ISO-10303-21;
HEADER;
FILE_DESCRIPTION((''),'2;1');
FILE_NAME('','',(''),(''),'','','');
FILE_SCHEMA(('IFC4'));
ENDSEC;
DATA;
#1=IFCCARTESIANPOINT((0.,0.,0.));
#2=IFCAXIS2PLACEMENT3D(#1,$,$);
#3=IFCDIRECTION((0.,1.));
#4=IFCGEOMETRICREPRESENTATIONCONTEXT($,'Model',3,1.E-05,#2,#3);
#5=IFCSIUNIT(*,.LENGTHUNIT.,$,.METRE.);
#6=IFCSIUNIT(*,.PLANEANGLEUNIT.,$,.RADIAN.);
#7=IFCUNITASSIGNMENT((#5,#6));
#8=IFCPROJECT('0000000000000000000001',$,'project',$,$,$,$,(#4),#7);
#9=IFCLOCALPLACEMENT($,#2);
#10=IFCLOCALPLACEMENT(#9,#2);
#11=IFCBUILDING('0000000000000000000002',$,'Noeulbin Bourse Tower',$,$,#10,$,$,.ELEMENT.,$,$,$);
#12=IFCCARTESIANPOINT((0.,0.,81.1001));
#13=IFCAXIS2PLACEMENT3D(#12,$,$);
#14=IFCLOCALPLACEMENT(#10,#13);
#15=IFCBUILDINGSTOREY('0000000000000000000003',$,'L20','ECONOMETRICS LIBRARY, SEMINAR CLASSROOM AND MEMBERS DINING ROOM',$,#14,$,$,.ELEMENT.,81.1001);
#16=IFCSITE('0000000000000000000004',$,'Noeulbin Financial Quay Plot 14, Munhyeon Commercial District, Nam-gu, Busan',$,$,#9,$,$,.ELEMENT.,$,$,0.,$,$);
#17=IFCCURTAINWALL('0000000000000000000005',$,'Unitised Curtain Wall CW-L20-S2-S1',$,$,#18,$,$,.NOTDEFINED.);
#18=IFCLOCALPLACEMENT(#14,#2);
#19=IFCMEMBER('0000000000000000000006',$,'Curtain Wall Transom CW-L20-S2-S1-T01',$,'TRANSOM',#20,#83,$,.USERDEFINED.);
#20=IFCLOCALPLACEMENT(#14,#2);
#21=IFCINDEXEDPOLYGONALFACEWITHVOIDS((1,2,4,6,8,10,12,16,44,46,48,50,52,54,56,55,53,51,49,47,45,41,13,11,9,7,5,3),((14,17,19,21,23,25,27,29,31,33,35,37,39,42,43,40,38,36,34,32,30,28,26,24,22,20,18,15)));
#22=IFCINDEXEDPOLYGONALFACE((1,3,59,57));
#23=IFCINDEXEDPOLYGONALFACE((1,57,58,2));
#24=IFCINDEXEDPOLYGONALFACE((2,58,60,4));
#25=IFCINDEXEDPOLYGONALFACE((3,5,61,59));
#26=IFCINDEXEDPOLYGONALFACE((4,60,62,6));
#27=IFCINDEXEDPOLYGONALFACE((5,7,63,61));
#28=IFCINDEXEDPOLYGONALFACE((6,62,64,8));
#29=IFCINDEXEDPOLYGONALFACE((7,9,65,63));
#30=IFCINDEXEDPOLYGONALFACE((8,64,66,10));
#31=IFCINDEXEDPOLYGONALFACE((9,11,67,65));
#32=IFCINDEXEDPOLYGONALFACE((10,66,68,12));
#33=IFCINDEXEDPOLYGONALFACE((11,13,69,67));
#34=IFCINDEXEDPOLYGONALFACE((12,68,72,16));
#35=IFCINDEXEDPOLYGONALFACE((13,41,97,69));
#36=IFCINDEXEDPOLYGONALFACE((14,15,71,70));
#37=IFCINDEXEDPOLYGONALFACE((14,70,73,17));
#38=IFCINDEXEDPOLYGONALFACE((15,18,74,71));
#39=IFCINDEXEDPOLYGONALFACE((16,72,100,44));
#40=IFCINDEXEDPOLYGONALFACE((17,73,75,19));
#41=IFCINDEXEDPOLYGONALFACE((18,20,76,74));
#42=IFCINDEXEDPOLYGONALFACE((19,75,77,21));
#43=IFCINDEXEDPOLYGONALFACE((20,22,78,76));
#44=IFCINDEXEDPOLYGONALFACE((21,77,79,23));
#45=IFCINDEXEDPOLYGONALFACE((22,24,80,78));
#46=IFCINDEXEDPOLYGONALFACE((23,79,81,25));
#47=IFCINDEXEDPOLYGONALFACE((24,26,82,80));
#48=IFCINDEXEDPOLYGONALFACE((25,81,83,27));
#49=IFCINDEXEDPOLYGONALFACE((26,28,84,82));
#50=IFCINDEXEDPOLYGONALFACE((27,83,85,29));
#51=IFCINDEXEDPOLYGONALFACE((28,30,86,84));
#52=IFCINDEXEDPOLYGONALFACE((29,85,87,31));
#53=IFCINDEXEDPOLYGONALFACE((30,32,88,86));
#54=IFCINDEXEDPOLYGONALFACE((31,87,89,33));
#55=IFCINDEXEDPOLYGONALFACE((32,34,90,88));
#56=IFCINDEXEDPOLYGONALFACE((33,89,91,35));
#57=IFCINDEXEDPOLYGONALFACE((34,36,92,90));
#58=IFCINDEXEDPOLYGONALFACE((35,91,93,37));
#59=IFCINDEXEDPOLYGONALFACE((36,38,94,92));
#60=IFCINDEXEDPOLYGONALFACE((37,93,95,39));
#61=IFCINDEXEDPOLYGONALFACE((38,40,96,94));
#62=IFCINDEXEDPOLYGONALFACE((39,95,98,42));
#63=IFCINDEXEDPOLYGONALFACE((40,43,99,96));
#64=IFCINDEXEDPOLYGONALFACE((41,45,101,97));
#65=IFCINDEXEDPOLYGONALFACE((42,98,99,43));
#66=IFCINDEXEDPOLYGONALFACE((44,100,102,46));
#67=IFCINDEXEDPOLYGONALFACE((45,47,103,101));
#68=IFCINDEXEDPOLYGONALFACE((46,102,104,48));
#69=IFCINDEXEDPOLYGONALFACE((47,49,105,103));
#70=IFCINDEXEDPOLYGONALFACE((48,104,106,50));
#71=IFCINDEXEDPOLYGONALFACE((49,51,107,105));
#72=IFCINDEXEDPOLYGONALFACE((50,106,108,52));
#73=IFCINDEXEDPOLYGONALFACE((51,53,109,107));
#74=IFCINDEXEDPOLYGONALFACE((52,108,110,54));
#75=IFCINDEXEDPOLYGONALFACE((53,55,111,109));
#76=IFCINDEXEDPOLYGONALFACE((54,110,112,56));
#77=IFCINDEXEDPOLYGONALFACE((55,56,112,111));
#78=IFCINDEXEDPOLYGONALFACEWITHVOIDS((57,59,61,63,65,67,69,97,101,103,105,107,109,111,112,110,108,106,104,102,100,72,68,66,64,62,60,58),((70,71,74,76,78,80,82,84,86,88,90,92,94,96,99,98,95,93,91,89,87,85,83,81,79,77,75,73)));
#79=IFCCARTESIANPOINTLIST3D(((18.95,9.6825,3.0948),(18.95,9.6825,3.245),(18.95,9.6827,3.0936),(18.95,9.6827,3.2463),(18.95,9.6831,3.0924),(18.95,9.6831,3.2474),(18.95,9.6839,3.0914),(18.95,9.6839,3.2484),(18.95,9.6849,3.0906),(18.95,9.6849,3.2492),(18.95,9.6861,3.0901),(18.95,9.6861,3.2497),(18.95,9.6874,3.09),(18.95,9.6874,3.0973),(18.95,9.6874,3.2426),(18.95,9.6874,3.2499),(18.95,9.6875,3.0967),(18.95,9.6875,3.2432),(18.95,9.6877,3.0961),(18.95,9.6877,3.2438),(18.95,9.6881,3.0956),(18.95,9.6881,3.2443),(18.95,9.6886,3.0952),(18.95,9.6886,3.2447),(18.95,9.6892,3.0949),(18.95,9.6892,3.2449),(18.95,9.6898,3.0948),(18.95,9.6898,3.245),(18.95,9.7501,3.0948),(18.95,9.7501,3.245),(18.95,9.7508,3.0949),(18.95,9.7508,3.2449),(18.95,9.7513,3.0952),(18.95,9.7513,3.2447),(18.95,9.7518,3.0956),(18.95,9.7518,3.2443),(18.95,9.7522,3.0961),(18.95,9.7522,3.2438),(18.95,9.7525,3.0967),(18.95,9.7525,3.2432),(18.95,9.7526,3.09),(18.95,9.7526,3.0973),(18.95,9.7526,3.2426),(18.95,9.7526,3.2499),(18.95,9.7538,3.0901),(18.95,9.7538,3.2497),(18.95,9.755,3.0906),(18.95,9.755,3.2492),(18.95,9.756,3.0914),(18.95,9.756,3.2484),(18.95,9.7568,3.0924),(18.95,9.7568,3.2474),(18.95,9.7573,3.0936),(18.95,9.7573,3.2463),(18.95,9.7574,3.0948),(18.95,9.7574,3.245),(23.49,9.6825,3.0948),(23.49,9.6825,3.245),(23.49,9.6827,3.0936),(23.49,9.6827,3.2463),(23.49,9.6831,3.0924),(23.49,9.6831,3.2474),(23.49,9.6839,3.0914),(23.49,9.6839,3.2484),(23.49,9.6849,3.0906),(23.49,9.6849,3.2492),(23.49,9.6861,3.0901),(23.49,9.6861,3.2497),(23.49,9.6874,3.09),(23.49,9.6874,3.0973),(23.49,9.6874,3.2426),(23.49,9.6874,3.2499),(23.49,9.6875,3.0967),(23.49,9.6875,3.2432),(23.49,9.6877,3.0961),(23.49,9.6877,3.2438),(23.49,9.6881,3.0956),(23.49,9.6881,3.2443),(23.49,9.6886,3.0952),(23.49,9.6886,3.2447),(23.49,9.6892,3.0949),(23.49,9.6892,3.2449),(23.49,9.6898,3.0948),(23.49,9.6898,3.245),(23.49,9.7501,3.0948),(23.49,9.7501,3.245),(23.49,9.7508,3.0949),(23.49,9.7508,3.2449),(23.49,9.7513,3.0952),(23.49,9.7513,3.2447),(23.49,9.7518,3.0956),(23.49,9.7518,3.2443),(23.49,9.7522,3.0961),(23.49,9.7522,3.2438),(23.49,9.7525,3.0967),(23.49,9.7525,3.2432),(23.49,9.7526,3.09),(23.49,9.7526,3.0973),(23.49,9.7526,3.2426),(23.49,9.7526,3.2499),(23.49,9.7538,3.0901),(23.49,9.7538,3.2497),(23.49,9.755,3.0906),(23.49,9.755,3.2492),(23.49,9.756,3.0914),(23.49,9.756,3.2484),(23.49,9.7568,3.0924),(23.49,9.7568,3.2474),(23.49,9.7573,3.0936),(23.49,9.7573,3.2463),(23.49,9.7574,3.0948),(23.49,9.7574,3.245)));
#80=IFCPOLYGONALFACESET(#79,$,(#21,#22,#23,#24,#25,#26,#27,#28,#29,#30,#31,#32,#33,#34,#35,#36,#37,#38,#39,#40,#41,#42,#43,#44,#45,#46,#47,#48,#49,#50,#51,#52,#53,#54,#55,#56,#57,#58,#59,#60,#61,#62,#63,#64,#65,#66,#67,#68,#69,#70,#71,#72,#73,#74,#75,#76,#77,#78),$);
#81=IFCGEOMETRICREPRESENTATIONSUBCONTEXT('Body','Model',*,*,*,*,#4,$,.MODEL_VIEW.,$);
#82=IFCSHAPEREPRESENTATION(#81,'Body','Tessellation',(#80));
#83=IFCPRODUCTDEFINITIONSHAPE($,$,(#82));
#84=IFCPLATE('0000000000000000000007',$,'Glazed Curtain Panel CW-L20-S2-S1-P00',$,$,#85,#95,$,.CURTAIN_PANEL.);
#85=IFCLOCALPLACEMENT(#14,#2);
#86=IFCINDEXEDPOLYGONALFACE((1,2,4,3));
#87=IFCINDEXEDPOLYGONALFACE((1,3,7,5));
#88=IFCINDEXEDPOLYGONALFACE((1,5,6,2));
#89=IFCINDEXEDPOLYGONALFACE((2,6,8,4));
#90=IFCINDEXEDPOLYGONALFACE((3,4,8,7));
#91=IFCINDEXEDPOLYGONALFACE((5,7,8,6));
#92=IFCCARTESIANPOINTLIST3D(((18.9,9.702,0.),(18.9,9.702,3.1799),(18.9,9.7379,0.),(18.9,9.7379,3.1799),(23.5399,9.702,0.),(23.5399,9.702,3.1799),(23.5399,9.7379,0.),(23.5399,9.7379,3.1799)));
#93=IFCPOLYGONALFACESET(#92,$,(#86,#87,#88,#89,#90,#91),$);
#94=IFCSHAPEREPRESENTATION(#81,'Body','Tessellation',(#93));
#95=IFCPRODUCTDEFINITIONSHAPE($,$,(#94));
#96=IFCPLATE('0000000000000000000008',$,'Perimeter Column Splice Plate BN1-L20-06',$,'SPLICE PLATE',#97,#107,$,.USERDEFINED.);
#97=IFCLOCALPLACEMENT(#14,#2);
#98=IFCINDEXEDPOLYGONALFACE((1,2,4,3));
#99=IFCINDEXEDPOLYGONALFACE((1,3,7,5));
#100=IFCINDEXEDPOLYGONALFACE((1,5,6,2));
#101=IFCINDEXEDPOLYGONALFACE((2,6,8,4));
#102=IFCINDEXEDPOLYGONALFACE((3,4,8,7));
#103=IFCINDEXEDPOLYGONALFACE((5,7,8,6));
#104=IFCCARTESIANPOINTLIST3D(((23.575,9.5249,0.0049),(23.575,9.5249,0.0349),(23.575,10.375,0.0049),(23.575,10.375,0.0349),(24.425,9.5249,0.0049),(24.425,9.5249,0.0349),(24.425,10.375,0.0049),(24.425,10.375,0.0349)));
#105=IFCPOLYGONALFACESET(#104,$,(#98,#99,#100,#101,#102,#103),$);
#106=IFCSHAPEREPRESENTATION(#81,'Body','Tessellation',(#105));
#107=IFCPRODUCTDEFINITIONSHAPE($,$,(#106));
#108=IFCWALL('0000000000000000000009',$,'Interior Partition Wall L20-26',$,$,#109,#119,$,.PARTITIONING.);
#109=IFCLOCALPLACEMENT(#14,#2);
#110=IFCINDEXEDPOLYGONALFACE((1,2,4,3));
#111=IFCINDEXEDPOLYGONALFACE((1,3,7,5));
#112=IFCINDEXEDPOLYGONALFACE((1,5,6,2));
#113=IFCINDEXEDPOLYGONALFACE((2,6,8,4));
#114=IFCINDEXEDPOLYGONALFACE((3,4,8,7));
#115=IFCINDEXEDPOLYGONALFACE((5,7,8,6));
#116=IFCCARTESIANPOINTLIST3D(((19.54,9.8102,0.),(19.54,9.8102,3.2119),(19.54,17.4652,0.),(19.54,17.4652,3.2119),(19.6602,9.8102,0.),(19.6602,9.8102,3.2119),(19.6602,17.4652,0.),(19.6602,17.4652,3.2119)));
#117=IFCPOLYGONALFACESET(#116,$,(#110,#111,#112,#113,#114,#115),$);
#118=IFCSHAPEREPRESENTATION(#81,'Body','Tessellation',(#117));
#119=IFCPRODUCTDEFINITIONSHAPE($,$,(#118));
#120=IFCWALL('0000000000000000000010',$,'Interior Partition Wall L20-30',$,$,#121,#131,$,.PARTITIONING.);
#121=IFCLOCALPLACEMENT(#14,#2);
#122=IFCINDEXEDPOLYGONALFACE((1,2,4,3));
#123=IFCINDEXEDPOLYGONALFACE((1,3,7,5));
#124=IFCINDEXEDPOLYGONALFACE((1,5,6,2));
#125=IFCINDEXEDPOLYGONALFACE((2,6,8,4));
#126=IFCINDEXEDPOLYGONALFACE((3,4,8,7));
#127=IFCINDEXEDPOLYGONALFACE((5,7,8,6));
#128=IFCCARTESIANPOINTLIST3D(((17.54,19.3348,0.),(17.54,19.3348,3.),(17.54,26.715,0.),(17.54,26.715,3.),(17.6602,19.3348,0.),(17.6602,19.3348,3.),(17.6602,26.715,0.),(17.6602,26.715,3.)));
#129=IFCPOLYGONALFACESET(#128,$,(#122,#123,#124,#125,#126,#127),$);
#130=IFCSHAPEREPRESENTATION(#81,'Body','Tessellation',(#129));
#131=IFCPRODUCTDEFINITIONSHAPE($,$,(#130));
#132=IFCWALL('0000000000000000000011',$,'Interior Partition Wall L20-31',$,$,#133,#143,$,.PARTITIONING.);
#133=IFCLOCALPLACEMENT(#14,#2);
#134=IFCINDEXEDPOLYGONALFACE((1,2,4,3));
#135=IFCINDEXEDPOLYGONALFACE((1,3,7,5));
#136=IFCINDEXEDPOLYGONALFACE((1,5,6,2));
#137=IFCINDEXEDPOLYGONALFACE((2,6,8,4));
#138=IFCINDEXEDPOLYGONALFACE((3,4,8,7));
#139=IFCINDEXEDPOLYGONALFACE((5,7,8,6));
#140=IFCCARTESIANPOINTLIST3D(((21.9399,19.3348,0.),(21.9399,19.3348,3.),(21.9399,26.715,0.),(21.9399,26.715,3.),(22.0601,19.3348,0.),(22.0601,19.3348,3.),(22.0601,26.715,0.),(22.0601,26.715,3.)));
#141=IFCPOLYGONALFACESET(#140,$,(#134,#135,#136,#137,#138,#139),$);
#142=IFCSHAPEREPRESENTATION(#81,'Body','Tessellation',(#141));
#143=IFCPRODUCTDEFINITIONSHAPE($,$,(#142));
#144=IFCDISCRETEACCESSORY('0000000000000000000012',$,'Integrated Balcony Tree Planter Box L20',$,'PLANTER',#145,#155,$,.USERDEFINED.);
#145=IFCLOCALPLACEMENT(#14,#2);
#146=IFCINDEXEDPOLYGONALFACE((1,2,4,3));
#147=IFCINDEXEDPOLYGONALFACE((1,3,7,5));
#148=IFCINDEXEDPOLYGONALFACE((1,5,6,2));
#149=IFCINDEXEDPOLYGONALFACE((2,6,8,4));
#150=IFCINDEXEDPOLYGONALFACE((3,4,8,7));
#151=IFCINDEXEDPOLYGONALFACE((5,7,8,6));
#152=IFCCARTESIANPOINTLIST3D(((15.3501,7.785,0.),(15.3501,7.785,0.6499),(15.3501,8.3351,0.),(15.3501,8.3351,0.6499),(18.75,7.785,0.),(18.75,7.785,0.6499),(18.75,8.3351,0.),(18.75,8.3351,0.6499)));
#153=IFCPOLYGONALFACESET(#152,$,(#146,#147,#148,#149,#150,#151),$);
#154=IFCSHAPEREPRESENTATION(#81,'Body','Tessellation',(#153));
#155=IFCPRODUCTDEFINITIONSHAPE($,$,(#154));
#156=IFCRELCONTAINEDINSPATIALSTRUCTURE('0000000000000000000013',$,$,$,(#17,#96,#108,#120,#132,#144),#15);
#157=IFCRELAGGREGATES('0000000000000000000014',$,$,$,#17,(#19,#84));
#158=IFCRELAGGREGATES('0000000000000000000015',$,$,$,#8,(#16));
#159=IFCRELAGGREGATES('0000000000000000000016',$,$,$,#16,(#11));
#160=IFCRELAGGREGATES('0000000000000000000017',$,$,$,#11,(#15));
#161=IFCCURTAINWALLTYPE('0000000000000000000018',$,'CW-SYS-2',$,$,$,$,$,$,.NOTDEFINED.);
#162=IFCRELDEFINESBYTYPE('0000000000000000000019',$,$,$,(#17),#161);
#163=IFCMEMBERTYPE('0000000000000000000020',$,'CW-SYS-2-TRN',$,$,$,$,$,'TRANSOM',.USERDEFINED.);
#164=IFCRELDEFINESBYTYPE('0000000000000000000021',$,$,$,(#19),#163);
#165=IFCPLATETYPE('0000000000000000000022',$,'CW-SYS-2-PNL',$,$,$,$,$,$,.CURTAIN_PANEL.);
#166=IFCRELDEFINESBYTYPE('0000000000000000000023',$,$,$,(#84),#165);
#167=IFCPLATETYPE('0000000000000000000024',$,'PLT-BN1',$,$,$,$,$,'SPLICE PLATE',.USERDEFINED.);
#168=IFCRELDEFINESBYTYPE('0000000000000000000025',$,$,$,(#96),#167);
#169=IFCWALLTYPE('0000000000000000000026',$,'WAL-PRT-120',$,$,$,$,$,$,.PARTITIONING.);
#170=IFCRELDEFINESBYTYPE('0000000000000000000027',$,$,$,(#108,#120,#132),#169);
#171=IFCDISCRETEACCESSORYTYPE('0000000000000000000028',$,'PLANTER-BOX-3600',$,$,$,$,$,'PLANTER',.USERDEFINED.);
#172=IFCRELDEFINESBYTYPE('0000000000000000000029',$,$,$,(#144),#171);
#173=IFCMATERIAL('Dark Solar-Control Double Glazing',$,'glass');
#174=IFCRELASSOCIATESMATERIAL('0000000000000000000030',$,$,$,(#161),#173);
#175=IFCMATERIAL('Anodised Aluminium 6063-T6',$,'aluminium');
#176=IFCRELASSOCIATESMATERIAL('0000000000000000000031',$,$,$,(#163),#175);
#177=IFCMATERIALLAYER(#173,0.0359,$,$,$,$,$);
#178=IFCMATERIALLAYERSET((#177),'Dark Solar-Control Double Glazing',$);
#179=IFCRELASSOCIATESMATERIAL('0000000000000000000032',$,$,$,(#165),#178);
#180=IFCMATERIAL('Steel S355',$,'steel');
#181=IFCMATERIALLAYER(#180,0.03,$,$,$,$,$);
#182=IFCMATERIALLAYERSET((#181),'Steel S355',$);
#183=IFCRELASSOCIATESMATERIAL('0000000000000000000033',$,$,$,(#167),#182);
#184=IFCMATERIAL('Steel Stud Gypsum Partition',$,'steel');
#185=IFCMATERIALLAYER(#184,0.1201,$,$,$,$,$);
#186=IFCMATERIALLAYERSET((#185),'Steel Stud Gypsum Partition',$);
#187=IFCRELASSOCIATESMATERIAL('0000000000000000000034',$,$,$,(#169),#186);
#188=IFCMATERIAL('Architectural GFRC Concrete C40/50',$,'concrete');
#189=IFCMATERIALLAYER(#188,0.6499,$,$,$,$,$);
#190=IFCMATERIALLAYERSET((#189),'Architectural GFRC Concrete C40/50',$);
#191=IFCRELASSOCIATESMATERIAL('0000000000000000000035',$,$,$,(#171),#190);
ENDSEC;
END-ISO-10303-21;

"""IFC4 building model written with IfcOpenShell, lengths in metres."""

from ifc_helpers import new_model, si_unit, direction, frame, frame_2d, origin, origin_2d, place, context, subcontext, project, spatial, rectangle, hollow_rectangle, extrude, material, layer, layer_set, material_profile, profile_set, type_object, element, aggregate, save


model = new_model("IFC4")

# Units and contexts
model_context = context("Model", 3, precision=1e-05, world=origin(), true_north=direction((0.0, 1.0)))
body_context = subcontext(model_context, "Body", "Model", "MODEL_VIEW")
ifc_project = project(units=[si_unit("LENGTHUNIT", "METRE"), si_unit("PLANEANGLEUNIT", "RADIAN")], contexts=[model_context])

# Site, building, storey
site_placement = place(None, origin())
site = spatial("IfcSite", under=ifc_project, at=site_placement, Name="Noeulbin Financial Quay Plot 14, Munhyeon Commercial District, Nam-gu, Busan", CompositionType="ELEMENT", RefElevation=0.0)
building_placement = place(site_placement, origin())
building = spatial("IfcBuilding", under=site, at=building_placement, Name="Noeulbin Bourse Tower", CompositionType="ELEMENT")
storey_placement = place(building_placement, frame((0.0, 0.0, 81.1001)))
storey = spatial("IfcBuildingStorey", under=building, at=storey_placement, Name="L20", Description="ECONOMETRICS LIBRARY, SEMINAR CLASSROOM AND MEMBERS DINING ROOM", CompositionType="ELEMENT", Elevation=81.1001)

# Shared definitions
ifc_material_1 = material(Name="Steel S355", Category="steel")

# Curtain wall, member, plate
ifc_material_2 = material(Name="Dark Solar-Control Double Glazing", Category="glass")
curtain_wall_type = type_object("IfcCurtainWallType", Name="CW-SYS-2", PredefinedType="NOTDEFINED", material=ifc_material_2)
curtain_wall_placement = place(storey_placement, origin())
curtain_wall = element("IfcCurtainWall", 1, at=curtain_wall_placement, inside=storey, type_object=curtain_wall_type, Name="Unitised Curtain Wall CW-L20-S2-S1", PredefinedType="NOTDEFINED")
ifc_material_3 = material(Name="Anodised Aluminium 6063-T6", Category="aluminium")
ifc_material_profile_1 = material_profile(ifc_material_3, hollow_rectangle(XDim=0.075, YDim=0.1599, WallThickness=0.0049, InnerFilletRadius=0.0024, OuterFilletRadius=0.0049, at=origin_2d()), Name="ALU-TRAN-75x160x5", Category="LoadBearing")
ifc_profile_set_1 = profile_set([ifc_material_profile_1], Name="Anodised Aluminium 6063-T6")
member_type_1 = type_object("IfcMemberType", Name="CW-SYS-2-TRN", ElementType="TRANSOM", PredefinedType="USERDEFINED", material=ifc_profile_set_1)
member_1_placement = place(storey_placement, frame((18.95, 9.72, 3.1699), z_axis=(1.0, 0.0, 0.0), x_axis=(0.0, 1.0, 0.0)))
member_1 = element("IfcMember", 2, at=member_1_placement, type_object=member_type_1, Name="Curtain Wall Transom CW-L20-S2-S1-T01", ObjectType="TRANSOM", PredefinedType="USERDEFINED", context=body_context, shape_type="SweptSolid", body=[
    extrude(hollow_rectangle(XDim=0.075, YDim=0.1599, WallThickness=0.0049, InnerFilletRadius=0.0024, OuterFilletRadius=0.0049, at=origin_2d()), origin(), (0.0, 0.0, 1.0), 4.54),
])
ifc_layer_1 = layer(ifc_material_2, 0.0359)
ifc_layer_set_1 = layer_set([ifc_layer_1], Name="Dark Solar-Control Double Glazing")
plate_type_1 = type_object("IfcPlateType", Name="CW-SYS-2-PNL", PredefinedType="CURTAIN_PANEL", material=ifc_layer_set_1)
plate_1_placement = place(storey_placement, frame((21.22, 9.72, 0.0), z_axis=(0.0, 0.0, 1.0), x_axis=(1.0, 0.0, 0.0)))
plate_1 = element("IfcPlate", 3, at=plate_1_placement, type_object=plate_type_1, Name="Glazed Curtain Panel CW-L20-S2-S1-P00", PredefinedType="CURTAIN_PANEL", context=body_context, shape_type="SweptSolid", body=[
    extrude(rectangle(XDim=4.6399, YDim=0.0359, at=origin_2d()), origin(), (0.0, 0.0, 1.0), 3.1799),
])
aggregate(curtain_wall, [member_1, plate_1])

# Plate
ifc_layer_2 = layer(ifc_material_1, 0.03)
ifc_layer_set_2 = layer_set([ifc_layer_2], Name="Steel S355")
plate_type_2 = type_object("IfcPlateType", Name="PLT-BN1", ElementType="SPLICE PLATE", PredefinedType="USERDEFINED", material=ifc_layer_set_2)
plate_2_placement = place(storey_placement, frame((24.0, 9.95, 0.0049), z_axis=(0.0, 0.0, 1.0), x_axis=(1.0, 0.0, 0.0)))
element("IfcPlate", 4, at=plate_2_placement, inside=storey, type_object=plate_type_2, Name="Perimeter Column Splice Plate BN1-L20-06", ObjectType="SPLICE PLATE", PredefinedType="USERDEFINED", context=body_context, shape_type="SweptSolid", body=[
    extrude(rectangle(XDim=0.8501, YDim=0.8501, at=origin_2d()), origin(), (0.0, 0.0, 1.0), 0.03),
])

# Walls
ifc_material_4 = material(Name="Steel Stud Gypsum Partition", Category="steel")
ifc_layer_3 = layer(ifc_material_4, 0.1201)
ifc_layer_set_3 = layer_set([ifc_layer_3], Name="Steel Stud Gypsum Partition")
wall_type = type_object("IfcWallType", Name="WAL-PRT-120", PredefinedType="PARTITIONING", material=ifc_layer_set_3)
wall_placement = place(storey_placement, frame((19.6001, 9.8101, 0.0), z_axis=(0.0, 0.0, 1.0), x_axis=(0.0, 1.0, 0.0)))
element("IfcWall", 5, at=wall_placement, inside=storey, type_object=wall_type, Name="Interior Partition Wall L20-26", PredefinedType="PARTITIONING", context=body_context, shape_type="SweptSolid", body=[
    extrude(rectangle(XDim=7.655, YDim=0.1201, at=frame_2d((3.8276, 0.0))), origin(), (0.0, 0.0, 1.0), 3.2119),
])
for number, where, z_axis, x_axis, name in (
    (6, (17.6001, 19.335, 0.0), (0.0, 0.0, 1.0), (0.0, 1.0, 0.0), "Interior Partition Wall L20-30"),
    (7, (22.0, 19.335, 0.0), (0.0, 0.0, 1.0), (0.0, 1.0, 0.0), "Interior Partition Wall L20-31"),
):
    element("IfcWall", number, at=place(storey_placement, frame(where, z_axis=z_axis, x_axis=x_axis)), inside=storey, type_object=wall_type, Name=name, PredefinedType="PARTITIONING", context=body_context, shape_type="SweptSolid", body=[
        extrude(rectangle(XDim=7.3801, YDim=0.1201, at=frame_2d((3.6899, 0.0))), origin(), (0.0, 0.0, 1.0), 3.0),
    ])

# Discrete accessory
ifc_material_5 = material(Name="Architectural GFRC Concrete C40/50", Category="concrete")
ifc_layer_4 = layer(ifc_material_5, 0.6499)
ifc_layer_set_4 = layer_set([ifc_layer_4], Name="Architectural GFRC Concrete C40/50")
discrete_accessory_type = type_object("IfcDiscreteAccessoryType", Name="PLANTER-BOX-3600", ElementType="PLANTER", PredefinedType="USERDEFINED", material=ifc_layer_set_4)
discrete_accessory_placement = place(storey_placement, frame((17.05, 8.0601, 0.0), z_axis=(0.0, 0.0, 1.0), x_axis=(1.0, 0.0, 0.0)))
element("IfcDiscreteAccessory", 8, at=discrete_accessory_placement, inside=storey, type_object=discrete_accessory_type, Name="Integrated Balcony Tree Planter Box L20", ObjectType="PLANTER", PredefinedType="USERDEFINED", context=body_context, shape_type="SweptSolid", body=[
    extrude(rectangle(XDim=3.3999, YDim=0.55, at=origin_2d()), origin(), (0.0, 0.0, 1.0), 0.6499),
])

save(model, "model.ifc")
